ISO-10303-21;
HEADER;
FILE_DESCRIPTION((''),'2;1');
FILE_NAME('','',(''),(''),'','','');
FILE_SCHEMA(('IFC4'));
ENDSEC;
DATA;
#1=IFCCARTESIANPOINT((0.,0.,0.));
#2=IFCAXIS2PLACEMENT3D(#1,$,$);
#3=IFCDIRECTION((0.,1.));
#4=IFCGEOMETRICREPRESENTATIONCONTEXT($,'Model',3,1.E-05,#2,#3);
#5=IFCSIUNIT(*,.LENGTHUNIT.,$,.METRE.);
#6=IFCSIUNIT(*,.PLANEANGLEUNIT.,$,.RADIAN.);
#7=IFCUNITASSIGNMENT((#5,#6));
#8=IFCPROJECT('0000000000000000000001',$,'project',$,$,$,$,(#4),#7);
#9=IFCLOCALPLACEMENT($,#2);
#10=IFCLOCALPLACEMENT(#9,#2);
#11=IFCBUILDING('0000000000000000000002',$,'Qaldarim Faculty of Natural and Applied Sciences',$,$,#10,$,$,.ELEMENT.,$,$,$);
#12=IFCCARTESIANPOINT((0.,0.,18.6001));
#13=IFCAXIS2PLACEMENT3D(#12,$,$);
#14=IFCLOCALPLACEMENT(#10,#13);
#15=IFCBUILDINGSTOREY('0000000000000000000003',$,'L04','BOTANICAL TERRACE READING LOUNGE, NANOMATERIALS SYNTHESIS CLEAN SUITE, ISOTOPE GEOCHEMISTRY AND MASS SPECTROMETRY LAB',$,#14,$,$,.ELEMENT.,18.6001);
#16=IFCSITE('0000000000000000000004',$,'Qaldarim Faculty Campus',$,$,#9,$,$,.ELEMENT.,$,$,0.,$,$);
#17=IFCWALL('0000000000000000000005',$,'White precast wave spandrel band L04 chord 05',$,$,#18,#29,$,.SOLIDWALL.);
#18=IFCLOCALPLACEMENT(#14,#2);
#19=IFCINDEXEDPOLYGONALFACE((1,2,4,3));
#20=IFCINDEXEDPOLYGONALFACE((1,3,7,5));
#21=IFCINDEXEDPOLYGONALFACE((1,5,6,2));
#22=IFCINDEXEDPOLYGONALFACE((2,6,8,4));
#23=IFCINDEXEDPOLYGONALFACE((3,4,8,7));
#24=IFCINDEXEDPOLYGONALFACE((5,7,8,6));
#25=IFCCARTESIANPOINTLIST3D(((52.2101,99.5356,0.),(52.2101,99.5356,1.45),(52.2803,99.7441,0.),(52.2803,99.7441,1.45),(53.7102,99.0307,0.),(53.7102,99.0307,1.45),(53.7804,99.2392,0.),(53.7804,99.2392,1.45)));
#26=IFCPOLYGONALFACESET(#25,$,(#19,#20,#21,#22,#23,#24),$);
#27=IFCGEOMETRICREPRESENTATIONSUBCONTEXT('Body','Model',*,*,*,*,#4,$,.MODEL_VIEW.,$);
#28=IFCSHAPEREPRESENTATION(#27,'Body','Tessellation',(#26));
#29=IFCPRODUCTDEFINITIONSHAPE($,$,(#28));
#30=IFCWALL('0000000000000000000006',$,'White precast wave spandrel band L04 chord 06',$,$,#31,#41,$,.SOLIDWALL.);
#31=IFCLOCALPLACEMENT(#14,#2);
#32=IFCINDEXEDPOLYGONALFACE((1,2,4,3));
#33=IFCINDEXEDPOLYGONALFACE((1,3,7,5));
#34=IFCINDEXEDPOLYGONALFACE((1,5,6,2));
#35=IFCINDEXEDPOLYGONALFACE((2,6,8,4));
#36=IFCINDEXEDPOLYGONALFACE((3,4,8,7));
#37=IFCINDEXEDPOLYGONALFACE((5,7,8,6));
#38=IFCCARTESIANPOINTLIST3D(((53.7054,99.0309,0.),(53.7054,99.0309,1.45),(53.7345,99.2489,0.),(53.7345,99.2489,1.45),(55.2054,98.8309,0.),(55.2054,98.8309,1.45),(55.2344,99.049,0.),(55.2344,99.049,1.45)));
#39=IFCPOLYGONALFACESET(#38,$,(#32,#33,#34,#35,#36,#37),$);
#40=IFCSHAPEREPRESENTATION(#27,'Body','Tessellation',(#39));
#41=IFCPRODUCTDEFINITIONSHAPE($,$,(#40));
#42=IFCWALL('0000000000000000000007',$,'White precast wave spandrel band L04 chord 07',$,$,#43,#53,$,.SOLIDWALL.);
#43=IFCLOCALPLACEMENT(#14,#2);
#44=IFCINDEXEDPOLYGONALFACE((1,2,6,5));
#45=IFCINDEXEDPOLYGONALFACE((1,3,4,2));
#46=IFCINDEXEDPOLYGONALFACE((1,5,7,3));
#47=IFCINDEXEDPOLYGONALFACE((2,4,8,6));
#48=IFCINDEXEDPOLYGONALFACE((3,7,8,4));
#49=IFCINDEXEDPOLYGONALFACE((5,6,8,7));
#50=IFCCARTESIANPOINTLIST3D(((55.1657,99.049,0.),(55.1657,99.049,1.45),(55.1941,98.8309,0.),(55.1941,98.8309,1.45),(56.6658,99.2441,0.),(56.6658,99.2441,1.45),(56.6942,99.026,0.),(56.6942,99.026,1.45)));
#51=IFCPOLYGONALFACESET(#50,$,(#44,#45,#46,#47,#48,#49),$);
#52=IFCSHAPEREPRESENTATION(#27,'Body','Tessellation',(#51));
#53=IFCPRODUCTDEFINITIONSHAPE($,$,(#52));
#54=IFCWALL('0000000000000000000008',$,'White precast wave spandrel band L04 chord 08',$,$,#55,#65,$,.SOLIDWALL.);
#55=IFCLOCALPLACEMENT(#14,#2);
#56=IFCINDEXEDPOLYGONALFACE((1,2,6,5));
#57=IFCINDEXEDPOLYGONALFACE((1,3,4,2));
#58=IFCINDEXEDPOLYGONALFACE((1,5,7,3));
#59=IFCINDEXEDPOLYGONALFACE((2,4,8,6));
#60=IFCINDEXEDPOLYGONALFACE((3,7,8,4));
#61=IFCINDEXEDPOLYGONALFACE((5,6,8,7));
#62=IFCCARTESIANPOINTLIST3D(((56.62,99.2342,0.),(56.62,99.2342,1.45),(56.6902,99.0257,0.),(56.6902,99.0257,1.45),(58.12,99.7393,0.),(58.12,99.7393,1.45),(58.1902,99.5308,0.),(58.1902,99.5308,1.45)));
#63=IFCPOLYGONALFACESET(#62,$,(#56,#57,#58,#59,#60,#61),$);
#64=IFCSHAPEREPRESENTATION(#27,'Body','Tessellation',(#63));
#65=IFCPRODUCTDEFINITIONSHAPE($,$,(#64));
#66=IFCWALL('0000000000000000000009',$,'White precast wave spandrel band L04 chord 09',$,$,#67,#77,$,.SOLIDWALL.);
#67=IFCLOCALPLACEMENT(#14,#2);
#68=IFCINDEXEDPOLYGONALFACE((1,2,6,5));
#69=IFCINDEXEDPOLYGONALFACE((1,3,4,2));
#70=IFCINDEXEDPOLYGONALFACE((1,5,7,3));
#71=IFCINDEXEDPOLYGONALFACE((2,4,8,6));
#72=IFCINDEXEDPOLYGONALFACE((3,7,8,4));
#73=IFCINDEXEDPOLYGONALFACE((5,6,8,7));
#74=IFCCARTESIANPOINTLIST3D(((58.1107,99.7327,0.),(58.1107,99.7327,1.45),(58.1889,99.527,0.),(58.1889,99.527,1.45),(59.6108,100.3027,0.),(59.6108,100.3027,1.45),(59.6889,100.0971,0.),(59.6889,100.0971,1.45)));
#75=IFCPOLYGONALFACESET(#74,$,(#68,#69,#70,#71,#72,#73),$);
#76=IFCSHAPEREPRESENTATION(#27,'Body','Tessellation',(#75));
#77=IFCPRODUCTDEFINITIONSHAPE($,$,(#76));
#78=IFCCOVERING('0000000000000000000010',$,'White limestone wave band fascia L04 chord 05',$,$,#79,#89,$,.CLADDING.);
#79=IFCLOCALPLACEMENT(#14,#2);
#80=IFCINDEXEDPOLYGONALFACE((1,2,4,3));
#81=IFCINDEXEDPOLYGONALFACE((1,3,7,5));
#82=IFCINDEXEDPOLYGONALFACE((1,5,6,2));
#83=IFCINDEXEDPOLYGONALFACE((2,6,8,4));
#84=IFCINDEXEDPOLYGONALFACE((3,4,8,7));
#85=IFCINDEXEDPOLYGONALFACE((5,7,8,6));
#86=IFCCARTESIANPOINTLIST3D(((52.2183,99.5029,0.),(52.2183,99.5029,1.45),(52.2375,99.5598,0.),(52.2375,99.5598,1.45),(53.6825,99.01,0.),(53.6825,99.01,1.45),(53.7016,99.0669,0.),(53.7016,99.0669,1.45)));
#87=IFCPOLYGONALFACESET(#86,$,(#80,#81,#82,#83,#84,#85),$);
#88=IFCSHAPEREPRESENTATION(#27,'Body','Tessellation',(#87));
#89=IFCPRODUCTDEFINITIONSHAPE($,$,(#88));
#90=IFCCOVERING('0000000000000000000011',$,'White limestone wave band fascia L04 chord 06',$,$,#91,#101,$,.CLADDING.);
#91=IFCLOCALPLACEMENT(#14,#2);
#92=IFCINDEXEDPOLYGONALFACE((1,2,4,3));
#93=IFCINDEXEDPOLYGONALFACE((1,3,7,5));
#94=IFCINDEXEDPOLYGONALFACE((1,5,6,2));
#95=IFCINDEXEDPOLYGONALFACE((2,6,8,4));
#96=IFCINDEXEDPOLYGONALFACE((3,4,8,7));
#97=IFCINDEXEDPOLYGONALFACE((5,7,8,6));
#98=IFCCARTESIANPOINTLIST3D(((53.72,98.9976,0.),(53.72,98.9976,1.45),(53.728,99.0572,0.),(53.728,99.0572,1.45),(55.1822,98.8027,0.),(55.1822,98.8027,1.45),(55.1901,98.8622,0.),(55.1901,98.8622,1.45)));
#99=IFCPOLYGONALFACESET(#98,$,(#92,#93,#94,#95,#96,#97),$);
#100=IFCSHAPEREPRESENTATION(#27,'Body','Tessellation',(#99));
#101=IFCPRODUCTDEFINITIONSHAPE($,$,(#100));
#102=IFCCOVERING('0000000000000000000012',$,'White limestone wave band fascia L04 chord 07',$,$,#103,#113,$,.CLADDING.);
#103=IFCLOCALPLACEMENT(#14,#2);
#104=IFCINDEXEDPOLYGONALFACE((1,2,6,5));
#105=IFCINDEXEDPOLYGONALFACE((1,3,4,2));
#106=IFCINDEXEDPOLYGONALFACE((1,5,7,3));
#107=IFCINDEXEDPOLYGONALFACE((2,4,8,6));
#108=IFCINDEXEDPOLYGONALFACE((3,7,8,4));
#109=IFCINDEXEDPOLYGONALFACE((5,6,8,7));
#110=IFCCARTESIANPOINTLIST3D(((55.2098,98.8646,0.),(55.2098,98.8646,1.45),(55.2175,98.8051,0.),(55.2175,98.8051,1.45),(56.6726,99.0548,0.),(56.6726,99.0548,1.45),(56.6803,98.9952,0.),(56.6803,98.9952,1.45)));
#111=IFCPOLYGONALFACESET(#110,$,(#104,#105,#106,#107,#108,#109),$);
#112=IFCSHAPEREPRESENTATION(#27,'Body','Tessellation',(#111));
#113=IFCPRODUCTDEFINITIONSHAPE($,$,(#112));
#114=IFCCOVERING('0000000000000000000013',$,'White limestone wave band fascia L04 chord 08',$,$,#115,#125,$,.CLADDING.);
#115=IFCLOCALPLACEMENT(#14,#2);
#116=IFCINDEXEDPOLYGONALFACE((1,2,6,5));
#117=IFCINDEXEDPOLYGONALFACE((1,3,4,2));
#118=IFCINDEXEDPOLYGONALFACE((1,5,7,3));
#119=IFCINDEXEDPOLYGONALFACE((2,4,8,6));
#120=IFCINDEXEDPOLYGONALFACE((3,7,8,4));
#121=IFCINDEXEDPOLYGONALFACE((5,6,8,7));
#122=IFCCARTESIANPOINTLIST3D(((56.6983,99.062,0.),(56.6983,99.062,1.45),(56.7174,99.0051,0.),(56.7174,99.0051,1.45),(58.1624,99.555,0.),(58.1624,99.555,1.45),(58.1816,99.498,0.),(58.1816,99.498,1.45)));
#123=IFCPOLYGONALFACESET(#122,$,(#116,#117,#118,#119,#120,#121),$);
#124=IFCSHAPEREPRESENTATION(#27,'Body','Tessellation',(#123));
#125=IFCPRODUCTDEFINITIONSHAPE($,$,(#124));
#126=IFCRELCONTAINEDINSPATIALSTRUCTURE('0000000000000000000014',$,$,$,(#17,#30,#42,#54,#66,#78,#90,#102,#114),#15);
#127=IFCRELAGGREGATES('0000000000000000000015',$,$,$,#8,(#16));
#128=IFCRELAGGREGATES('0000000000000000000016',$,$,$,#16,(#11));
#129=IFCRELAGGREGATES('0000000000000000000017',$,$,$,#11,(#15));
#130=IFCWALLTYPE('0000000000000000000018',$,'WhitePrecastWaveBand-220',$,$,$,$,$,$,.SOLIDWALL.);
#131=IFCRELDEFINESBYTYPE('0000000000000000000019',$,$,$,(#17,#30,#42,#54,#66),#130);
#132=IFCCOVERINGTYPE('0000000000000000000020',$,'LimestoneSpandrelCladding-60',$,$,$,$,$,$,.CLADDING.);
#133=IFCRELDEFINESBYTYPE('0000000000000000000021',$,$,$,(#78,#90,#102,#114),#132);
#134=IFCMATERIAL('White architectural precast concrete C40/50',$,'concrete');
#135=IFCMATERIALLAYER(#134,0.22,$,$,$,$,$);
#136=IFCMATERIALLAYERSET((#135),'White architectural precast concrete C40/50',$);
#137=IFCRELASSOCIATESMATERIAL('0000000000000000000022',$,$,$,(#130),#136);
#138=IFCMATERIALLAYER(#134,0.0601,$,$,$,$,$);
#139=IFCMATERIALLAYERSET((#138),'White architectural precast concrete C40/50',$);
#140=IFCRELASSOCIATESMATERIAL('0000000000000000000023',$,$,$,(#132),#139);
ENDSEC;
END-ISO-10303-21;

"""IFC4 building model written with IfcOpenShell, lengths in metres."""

from ifc_helpers import new_model, si_unit, direction, frame, frame_2d, origin, origin_2d, place, context, subcontext, project, spatial, rectangle, extrude, material, layer, layer_set, type_object, element, save


model = new_model("IFC4")

# Units and contexts
model_context = context("Model", 3, precision=1e-05, world=origin(), true_north=direction((0.0, 1.0)))
body_context = subcontext(model_context, "Body", "Model", "MODEL_VIEW")
ifc_project = project(units=[si_unit("LENGTHUNIT", "METRE"), si_unit("PLANEANGLEUNIT", "RADIAN")], contexts=[model_context])

# Site, building, storey
site_placement = place(None, origin())
site = spatial("IfcSite", under=ifc_project, at=site_placement, Name="Qaldarim Faculty Campus", CompositionType="ELEMENT", RefElevation=0.0)
building_placement = place(site_placement, origin())
building = spatial("IfcBuilding", under=site, at=building_placement, Name="Qaldarim Faculty of Natural and Applied Sciences", CompositionType="ELEMENT")
storey_placement = place(building_placement, frame((0.0, 0.0, 18.6001)))
storey = spatial("IfcBuildingStorey", under=building, at=storey_placement, Name="L04", Description="BOTANICAL TERRACE READING LOUNGE, NANOMATERIALS SYNTHESIS CLEAN SUITE, ISOTOPE GEOCHEMISTRY AND MASS SPECTROMETRY LAB", CompositionType="ELEMENT", Elevation=18.6001)

# Walls
ifc_material_1 = material(Name="White architectural precast concrete C40/50", Category="concrete")
ifc_layer_1 = layer(ifc_material_1, 0.22)
ifc_layer_set_1 = layer_set([ifc_layer_1], Name="White architectural precast concrete C40/50")
wall_type = type_object("IfcWallType", Name="WhitePrecastWaveBand-220", PredefinedType="SOLIDWALL", material=ifc_layer_set_1)
wall_1_placement = place(storey_placement, frame((52.2451, 99.6399, 0.0), z_axis=(0.0, 0.0, 1.0), x_axis=(0.947754, -0.319003, 0.0)))
element("IfcWall", 1, at=wall_1_placement, inside=storey, type_object=wall_type, Name="White precast wave spandrel band L04 chord 05", PredefinedType="SOLIDWALL", context=body_context, shape_type="SweptSolid", body=[
    extrude(rectangle(XDim=1.5828, YDim=0.22, at=frame_2d((0.7915, 0.0))), origin(), (0.0, 0.0, 1.0), 1.45),
])
wall_2_placement = place(storey_placement, frame((53.72, 99.1399, 0.0), z_axis=(0.0, 0.0, 1.0), x_axis=(0.991232, -0.132132, 0.0)))
element("IfcWall", 2, at=wall_2_placement, inside=storey, type_object=wall_type, Name="White precast wave spandrel band L04 chord 06", PredefinedType="SOLIDWALL", context=body_context, shape_type="SweptSolid", body=[
    extrude(rectangle(XDim=1.5132, YDim=0.22, at=frame_2d((0.7566, 0.0))), origin(), (0.0, 0.0, 1.0), 1.45),
])
wall_3_placement = place(storey_placement, frame((55.1799, 98.9399, 0.0), z_axis=(0.0, 0.0, 1.0), x_axis=(0.99165, 0.12896, 0.0)))
element("IfcWall", 3, at=wall_3_placement, inside=storey, type_object=wall_type, Name="White precast wave spandrel band L04 chord 07", PredefinedType="SOLIDWALL", context=body_context, shape_type="SweptSolid", body=[
    extrude(rectangle(XDim=1.5127, YDim=0.22, at=frame_2d((0.7563, 0.0))), origin(), (0.0, 0.0, 1.0), 1.45),
])
wall_4_placement = place(storey_placement, frame((56.655, 99.1299, 0.0), z_axis=(0.0, 0.0, 1.0), x_axis=(0.947707, 0.319142, 0.0)))
element("IfcWall", 4, at=wall_4_placement, inside=storey, type_object=wall_type, Name="White precast wave spandrel band L04 chord 08", PredefinedType="SOLIDWALL", context=body_context, shape_type="SweptSolid", body=[
    extrude(rectangle(XDim=1.5828, YDim=0.22, at=frame_2d((0.7915, 0.0))), origin(), (0.0, 0.0, 1.0), 1.45),
])
wall_5_placement = place(storey_placement, frame((58.1499, 99.6299, 0.0), z_axis=(0.0, 0.0, 1.0), x_axis=(0.934769, 0.355255, 0.0)))
element("IfcWall", 5, at=wall_5_placement, inside=storey, type_object=wall_type, Name="White precast wave spandrel band L04 chord 09", PredefinedType="SOLIDWALL", context=body_context, shape_type="SweptSolid", body=[
    extrude(rectangle(XDim=1.6047, YDim=0.22, at=frame_2d((0.8022, 0.0))), origin(), (0.0, 0.0, 1.0), 1.45),
])

# Coverings
ifc_layer_2 = layer(ifc_material_1, 0.0601)
ifc_layer_set_2 = layer_set([ifc_layer_2], Name="White architectural precast concrete C40/50")
covering_type = type_object("IfcCoveringType", Name="LimestoneSpandrelCladding-60", PredefinedType="CLADDING", material=ifc_layer_set_2)
covering_1_placement = place(storey_placement, frame((52.96, 99.2849, 0.0), z_axis=(0.0, 0.0, 1.0), x_axis=(0.947729, -0.319075, 0.0)))
element("IfcCovering", 6, at=covering_1_placement, inside=storey, type_object=covering_type, Name="White limestone wave band fascia L04 chord 05", PredefinedType="CLADDING", context=body_context, shape_type="SweptSolid", body=[
    extrude(rectangle(XDim=1.5449, YDim=0.0601, at=origin_2d()), origin(), (0.0, 0.0, 1.0), 1.45),
])
for number, where, z_axis, x_axis, name in (
    (7, (54.4551, 98.9299, 0.0), (0.0, 0.0, 1.0), (0.991227, -0.13217, 0.0), "White limestone wave band fascia L04 chord 06"),
    (8, (55.9451, 98.9299, 0.0), (0.0, 0.0, 1.0), (0.991655, 0.128917, 0.0), "White limestone wave band fascia L04 chord 07"),
):
    element("IfcCovering", number, at=place(storey_placement, frame(where, z_axis=z_axis, x_axis=x_axis)), inside=storey, type_object=covering_type, Name=name, PredefinedType="CLADDING", context=body_context, shape_type="SweptSolid", body=[
        extrude(rectangle(XDim=1.4751, YDim=0.0601, at=origin_2d()), origin(), (0.0, 0.0, 1.0), 1.45),
    ])
covering_2_placement = place(storey_placement, frame((57.4399, 99.28, 0.0), z_axis=(0.0, 0.0, 1.0), x_axis=(0.947729, 0.319075, 0.0)))
element("IfcCovering", 9, at=covering_2_placement, inside=storey, type_object=covering_type, Name="White limestone wave band fascia L04 chord 08", PredefinedType="CLADDING", context=body_context, shape_type="SweptSolid", body=[
    extrude(rectangle(XDim=1.5449, YDim=0.0601, at=origin_2d()), origin(), (0.0, 0.0, 1.0), 1.45),
])

save(model, "model.ifc")
